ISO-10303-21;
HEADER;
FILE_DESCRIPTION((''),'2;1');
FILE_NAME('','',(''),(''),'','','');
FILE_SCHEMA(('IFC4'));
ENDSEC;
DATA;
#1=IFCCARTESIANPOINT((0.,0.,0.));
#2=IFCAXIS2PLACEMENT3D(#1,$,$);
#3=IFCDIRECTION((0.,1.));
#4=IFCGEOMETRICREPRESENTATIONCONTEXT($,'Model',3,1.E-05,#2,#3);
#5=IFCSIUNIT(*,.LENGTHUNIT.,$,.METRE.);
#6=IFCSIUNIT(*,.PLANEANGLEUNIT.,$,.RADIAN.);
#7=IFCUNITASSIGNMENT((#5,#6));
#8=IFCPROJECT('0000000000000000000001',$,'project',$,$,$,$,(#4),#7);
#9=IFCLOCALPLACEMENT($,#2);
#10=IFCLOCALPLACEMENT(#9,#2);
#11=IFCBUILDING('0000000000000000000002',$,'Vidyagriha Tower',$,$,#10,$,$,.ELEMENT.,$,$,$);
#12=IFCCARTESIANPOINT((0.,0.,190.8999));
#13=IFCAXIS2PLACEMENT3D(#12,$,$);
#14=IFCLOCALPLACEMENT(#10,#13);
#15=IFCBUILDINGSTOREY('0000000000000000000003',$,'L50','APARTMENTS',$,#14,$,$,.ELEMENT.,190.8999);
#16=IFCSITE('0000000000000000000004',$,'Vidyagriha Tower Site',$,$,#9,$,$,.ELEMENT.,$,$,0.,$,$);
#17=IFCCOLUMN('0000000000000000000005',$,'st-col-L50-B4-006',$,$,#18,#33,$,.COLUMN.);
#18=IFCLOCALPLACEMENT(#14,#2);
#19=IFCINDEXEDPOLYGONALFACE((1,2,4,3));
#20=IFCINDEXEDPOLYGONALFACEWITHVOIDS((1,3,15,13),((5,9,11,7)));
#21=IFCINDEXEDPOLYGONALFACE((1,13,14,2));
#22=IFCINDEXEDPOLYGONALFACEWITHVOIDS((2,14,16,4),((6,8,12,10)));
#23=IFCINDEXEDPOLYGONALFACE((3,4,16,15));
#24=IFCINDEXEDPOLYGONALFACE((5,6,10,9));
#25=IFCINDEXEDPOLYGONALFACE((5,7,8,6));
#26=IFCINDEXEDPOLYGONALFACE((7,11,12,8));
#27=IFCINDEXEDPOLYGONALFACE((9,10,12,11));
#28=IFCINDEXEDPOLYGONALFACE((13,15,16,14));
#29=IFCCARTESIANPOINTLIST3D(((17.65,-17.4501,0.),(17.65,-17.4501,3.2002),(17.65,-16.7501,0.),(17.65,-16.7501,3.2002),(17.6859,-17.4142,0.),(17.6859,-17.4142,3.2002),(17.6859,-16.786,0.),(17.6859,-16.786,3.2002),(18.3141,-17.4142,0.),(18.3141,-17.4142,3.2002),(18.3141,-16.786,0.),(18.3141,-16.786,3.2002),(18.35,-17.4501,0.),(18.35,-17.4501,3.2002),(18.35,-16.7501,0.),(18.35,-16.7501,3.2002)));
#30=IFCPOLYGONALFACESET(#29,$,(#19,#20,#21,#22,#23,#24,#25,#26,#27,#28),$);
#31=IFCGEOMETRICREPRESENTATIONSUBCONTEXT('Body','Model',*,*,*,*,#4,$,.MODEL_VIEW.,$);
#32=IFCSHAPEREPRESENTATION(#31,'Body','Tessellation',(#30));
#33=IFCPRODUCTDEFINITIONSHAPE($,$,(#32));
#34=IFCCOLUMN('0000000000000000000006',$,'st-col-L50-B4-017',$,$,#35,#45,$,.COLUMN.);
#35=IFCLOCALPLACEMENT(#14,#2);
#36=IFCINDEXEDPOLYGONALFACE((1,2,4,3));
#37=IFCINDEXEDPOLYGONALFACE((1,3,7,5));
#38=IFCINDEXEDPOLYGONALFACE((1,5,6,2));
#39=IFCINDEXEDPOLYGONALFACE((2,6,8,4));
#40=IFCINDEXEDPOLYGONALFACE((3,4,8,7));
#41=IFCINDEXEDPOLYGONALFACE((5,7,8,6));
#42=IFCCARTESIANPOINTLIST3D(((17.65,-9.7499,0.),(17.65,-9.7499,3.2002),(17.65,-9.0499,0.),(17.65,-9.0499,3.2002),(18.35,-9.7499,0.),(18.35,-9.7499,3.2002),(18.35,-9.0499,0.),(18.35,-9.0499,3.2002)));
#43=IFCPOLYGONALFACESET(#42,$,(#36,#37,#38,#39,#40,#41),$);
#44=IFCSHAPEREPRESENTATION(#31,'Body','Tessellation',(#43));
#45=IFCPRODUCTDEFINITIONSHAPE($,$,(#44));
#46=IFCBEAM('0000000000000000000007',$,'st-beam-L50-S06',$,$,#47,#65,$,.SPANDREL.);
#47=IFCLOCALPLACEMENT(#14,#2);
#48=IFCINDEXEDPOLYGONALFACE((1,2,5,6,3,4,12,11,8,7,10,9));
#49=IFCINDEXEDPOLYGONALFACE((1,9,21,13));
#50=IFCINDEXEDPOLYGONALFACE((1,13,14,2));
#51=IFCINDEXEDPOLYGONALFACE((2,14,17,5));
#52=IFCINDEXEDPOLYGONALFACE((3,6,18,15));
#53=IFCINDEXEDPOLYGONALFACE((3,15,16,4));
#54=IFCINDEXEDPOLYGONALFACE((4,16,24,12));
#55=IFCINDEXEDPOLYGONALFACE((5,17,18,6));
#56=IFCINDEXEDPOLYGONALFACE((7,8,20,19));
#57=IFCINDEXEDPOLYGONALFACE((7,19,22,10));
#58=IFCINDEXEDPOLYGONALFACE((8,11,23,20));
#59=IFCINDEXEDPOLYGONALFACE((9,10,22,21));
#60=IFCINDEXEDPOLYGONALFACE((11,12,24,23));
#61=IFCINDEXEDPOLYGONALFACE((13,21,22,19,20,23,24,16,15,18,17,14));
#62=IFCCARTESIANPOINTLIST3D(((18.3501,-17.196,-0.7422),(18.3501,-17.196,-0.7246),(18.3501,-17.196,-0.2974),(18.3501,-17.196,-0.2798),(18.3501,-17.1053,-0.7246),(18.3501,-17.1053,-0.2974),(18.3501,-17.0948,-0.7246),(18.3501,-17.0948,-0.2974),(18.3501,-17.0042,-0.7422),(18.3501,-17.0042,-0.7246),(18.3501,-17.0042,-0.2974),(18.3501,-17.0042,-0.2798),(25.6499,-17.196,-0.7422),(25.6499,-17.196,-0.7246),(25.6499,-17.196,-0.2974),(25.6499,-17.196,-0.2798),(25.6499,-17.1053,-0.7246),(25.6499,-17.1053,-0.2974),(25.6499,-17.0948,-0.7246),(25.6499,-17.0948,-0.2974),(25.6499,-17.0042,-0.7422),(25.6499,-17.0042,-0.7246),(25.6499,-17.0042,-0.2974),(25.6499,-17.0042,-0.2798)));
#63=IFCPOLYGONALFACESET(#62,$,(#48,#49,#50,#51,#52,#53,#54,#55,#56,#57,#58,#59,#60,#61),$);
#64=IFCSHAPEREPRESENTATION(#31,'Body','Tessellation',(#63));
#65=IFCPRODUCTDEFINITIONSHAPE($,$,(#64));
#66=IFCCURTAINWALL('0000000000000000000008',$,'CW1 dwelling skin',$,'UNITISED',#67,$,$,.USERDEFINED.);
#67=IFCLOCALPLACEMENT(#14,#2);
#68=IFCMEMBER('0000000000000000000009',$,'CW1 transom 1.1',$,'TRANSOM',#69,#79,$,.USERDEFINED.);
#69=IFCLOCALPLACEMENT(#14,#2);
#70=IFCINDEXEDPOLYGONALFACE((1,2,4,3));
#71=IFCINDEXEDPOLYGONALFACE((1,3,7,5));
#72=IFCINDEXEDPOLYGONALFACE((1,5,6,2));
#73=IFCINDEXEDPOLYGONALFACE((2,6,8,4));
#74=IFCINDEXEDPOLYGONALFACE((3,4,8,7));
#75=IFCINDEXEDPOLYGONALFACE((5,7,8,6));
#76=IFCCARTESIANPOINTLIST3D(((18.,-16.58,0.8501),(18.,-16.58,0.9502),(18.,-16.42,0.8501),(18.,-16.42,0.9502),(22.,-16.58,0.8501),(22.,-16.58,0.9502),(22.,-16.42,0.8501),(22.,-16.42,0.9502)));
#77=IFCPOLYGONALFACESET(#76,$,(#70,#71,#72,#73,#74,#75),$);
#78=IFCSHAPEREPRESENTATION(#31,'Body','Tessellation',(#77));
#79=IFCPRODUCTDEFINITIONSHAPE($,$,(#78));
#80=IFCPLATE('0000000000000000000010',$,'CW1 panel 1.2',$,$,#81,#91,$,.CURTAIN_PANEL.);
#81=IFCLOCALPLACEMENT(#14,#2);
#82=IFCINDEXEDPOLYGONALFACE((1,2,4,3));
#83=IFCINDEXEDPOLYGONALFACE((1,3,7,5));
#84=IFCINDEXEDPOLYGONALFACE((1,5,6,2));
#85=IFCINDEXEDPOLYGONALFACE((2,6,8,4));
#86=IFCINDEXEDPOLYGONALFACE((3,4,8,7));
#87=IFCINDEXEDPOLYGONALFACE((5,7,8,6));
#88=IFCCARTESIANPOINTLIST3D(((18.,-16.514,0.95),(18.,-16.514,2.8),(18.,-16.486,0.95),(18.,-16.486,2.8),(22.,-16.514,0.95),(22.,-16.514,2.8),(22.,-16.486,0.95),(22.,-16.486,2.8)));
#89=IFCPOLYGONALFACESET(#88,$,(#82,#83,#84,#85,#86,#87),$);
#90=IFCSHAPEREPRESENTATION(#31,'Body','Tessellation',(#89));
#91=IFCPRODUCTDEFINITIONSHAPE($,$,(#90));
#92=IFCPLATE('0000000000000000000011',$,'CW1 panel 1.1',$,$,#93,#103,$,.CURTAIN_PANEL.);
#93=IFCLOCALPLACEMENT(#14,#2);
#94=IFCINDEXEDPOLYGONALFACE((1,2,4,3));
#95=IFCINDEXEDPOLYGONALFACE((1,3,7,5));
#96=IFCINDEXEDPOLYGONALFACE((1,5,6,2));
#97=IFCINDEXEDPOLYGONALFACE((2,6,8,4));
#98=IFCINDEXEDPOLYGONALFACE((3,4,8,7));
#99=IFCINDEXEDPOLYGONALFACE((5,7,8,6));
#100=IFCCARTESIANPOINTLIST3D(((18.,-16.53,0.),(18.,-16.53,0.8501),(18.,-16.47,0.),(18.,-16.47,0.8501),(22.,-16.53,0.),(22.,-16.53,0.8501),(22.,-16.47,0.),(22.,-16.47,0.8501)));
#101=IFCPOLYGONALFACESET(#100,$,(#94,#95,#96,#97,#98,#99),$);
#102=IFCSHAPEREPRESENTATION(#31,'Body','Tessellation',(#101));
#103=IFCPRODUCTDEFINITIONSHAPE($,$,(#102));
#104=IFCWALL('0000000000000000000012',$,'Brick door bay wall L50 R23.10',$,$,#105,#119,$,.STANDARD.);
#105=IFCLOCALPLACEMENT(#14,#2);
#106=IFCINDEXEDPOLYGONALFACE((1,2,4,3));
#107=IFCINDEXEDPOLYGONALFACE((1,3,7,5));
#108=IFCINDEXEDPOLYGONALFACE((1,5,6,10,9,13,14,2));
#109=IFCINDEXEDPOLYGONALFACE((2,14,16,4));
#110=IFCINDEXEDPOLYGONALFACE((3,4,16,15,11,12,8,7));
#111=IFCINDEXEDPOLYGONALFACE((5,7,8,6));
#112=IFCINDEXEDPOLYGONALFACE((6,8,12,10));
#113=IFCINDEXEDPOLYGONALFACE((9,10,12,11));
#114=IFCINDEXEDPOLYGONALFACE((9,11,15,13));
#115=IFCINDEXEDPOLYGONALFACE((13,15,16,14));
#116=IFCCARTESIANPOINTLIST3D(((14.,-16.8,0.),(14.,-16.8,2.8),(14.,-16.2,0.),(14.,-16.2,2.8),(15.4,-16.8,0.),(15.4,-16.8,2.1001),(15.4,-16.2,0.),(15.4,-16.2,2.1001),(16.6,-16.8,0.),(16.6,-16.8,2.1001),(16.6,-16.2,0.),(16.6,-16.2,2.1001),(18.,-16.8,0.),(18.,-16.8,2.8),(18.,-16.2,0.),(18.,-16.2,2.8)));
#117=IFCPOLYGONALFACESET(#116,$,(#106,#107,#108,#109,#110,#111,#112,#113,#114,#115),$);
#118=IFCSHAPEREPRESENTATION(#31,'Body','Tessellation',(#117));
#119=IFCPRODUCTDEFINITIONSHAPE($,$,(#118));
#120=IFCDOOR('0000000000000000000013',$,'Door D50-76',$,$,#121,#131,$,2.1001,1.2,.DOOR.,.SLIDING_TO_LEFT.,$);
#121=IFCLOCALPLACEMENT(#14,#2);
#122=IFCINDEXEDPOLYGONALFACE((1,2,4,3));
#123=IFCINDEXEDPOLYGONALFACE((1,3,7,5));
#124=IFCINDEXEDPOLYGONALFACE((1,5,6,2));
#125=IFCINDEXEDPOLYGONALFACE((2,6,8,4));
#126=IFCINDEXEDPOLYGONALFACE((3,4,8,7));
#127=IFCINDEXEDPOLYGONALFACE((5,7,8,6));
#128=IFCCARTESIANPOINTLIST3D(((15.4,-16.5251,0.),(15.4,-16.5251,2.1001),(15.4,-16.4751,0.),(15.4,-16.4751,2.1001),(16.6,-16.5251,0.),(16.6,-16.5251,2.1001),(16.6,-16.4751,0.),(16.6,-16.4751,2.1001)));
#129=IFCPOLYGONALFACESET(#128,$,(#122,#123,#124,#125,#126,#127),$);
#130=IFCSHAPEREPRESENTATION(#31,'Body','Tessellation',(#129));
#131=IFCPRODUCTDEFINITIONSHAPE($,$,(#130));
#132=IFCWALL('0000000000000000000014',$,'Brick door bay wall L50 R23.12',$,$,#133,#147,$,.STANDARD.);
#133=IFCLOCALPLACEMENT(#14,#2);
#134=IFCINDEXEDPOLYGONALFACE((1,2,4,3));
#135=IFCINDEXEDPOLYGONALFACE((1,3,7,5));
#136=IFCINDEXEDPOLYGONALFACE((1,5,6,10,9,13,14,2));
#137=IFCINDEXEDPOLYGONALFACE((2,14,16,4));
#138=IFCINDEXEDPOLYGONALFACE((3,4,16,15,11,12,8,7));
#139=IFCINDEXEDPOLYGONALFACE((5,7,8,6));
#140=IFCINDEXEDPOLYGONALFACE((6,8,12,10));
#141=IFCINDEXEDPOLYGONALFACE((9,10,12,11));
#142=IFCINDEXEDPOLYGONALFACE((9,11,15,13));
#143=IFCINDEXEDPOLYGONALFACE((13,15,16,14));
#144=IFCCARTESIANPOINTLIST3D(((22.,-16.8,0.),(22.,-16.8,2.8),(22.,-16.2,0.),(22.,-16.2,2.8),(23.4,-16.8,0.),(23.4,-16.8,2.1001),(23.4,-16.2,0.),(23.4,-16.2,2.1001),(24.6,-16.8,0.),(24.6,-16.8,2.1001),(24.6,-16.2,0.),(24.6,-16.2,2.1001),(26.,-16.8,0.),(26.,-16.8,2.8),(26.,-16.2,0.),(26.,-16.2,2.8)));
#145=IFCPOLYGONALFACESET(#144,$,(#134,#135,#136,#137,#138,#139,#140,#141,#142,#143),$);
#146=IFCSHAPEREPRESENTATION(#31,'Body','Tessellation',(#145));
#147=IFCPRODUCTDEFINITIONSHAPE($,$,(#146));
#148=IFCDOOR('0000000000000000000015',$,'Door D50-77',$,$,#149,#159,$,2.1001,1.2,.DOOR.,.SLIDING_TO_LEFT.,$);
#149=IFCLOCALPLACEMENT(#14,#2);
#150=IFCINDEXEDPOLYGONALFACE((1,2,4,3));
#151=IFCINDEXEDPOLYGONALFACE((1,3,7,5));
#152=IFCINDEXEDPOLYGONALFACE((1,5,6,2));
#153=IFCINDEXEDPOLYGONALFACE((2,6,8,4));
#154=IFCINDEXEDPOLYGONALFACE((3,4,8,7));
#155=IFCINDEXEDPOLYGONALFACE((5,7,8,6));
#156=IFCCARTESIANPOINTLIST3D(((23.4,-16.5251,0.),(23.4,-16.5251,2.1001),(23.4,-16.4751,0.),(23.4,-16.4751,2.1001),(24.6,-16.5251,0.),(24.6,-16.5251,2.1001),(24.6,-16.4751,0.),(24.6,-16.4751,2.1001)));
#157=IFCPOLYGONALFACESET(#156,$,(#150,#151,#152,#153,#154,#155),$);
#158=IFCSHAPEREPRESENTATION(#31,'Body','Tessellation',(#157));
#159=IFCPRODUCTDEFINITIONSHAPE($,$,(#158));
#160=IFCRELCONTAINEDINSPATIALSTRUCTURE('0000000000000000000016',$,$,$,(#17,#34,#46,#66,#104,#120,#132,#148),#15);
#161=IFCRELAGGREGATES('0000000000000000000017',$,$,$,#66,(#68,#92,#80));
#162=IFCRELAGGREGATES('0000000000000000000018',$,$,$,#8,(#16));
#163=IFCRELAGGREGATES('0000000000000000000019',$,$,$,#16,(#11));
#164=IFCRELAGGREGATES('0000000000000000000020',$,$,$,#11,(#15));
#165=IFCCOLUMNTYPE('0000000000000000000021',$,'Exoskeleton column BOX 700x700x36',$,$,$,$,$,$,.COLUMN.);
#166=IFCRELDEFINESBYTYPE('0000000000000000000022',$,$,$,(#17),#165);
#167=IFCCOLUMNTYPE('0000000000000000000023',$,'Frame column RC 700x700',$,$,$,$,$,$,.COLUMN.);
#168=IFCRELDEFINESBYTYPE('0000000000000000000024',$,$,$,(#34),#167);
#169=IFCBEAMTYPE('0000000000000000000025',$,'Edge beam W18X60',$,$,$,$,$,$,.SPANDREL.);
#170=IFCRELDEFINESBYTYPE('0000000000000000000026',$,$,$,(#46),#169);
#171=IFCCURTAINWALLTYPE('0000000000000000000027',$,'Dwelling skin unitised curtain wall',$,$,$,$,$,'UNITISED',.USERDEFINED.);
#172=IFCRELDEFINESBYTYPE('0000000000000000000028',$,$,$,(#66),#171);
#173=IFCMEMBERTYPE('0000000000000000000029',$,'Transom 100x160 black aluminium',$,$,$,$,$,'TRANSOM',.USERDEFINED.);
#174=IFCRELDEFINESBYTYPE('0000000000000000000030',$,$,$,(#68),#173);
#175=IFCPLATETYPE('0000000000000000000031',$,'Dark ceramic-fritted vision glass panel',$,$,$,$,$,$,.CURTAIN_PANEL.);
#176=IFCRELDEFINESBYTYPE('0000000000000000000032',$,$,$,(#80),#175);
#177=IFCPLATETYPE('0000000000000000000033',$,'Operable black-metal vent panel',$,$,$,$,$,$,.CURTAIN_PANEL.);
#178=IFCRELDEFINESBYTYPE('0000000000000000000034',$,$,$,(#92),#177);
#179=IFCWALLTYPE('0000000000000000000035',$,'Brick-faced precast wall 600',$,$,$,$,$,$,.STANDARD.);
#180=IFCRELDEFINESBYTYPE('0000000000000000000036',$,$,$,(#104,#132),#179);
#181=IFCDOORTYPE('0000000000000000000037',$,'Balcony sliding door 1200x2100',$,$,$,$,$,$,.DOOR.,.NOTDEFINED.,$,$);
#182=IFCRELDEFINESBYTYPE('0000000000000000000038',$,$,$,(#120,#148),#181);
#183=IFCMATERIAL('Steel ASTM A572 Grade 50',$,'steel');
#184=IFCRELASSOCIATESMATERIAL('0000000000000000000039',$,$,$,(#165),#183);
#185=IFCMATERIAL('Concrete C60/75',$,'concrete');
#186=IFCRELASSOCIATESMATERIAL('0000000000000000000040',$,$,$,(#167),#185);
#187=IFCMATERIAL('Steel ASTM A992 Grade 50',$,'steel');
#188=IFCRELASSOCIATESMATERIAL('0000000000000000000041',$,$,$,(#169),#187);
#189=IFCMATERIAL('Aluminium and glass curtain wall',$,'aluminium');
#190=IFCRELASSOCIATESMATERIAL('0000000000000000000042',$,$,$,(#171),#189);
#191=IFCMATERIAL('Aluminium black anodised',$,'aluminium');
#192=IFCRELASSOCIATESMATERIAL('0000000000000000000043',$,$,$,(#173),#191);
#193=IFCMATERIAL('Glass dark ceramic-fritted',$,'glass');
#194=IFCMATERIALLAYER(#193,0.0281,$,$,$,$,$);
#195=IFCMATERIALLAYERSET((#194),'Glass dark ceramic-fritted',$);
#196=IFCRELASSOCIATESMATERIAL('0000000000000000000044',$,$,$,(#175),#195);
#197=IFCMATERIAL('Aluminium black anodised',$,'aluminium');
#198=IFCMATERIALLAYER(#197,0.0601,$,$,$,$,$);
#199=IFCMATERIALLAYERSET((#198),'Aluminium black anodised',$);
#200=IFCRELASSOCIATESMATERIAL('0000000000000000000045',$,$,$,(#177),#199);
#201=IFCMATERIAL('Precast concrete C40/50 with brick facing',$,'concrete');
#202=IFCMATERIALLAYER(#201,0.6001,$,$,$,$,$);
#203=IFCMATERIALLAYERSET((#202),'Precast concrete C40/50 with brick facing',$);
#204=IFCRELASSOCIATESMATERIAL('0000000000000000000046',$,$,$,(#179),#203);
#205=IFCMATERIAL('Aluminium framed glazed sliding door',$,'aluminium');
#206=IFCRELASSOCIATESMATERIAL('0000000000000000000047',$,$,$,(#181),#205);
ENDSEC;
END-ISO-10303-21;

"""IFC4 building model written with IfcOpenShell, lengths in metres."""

from ifc_helpers import new_model, si_unit, direction, frame, frame_2d, origin, origin_2d, place, context, subcontext, project, spatial, rectangle, hollow_rectangle, i_section, extrude, material, layer, layer_set, material_profile, profile_set, type_object, element, fill, aggregate, save


model = new_model("IFC4")

# Units and contexts
model_context = context("Model", 3, precision=1e-05, world=origin(), true_north=direction((0.0, 1.0)))
body_context = subcontext(model_context, "Body", "Model", "MODEL_VIEW")
ifc_project = project(units=[si_unit("LENGTHUNIT", "METRE"), si_unit("PLANEANGLEUNIT", "RADIAN")], contexts=[model_context])

# Site, building, storey
site_placement = place(None, origin())
site = spatial("IfcSite", under=ifc_project, at=site_placement, Name="Vidyagriha Tower Site", CompositionType="ELEMENT", RefElevation=0.0)
building_placement = place(site_placement, origin())
building = spatial("IfcBuilding", under=site, at=building_placement, Name="Vidyagriha Tower", CompositionType="ELEMENT")
storey_placement = place(building_placement, frame((0.0, 0.0, 190.8999)))
storey = spatial("IfcBuildingStorey", under=building, at=storey_placement, Name="L50", Description="APARTMENTS", CompositionType="ELEMENT", Elevation=190.8999)

# Columns
ifc_material_1 = material(Name="Steel ASTM A572 Grade 50", Category="steel")
ifc_material_profile_1 = material_profile(ifc_material_1, hollow_rectangle(XDim=0.7, YDim=0.7, WallThickness=0.0359, at=origin_2d()), Name="BOX 700x700x36")
ifc_profile_set_1 = profile_set([ifc_material_profile_1], Name="Steel ASTM A572 Grade 50")
column_type_1 = type_object("IfcColumnType", Name="Exoskeleton column BOX 700x700x36", PredefinedType="COLUMN", material=ifc_profile_set_1)
column_1_placement = place(storey_placement, frame((18.0, -17.1001, 0.0)))
element("IfcColumn", 1, at=column_1_placement, inside=storey, type_object=column_type_1, Name="st-col-L50-B4-006", PredefinedType="COLUMN", context=body_context, shape_type="SweptSolid", body=[
    extrude(hollow_rectangle(XDim=0.7, YDim=0.7, WallThickness=0.0359, at=origin_2d()), origin(), (0.0, 0.0, 1.0), 3.2002),
])
ifc_material_2 = material(Name="Concrete C60/75", Category="concrete")
ifc_material_profile_2 = material_profile(ifc_material_2, rectangle(XDim=0.7, YDim=0.7, at=origin_2d()), Name="RC 700x700")
ifc_profile_set_2 = profile_set([ifc_material_profile_2], Name="Concrete C60/75")
column_type_2 = type_object("IfcColumnType", Name="Frame column RC 700x700", PredefinedType="COLUMN", material=ifc_profile_set_2)
column_2_placement = place(storey_placement, frame((18.0, -9.3999, 0.0)))
element("IfcColumn", 2, at=column_2_placement, inside=storey, type_object=column_type_2, Name="st-col-L50-B4-017", PredefinedType="COLUMN", context=body_context, shape_type="SweptSolid", body=[
    extrude(rectangle(XDim=0.7, YDim=0.7, at=origin_2d()), origin(), (0.0, 0.0, 1.0), 3.2002),
])

# Beam
ifc_material_3 = material(Name="Steel ASTM A992 Grade 50", Category="steel")
ifc_material_profile_3 = material_profile(ifc_material_3, i_section(OverallWidth=0.1919, OverallDepth=0.4624, WebThickness=0.0105, FlangeThickness=0.0176, at=origin_2d()), Name="W18X60")
ifc_profile_set_3 = profile_set([ifc_material_profile_3], Name="Steel ASTM A992 Grade 50")
beam_type = type_object("IfcBeamType", Name="Edge beam W18X60", PredefinedType="SPANDREL", material=ifc_profile_set_3)
beam_placement = place(storey_placement, frame((18.3501, -17.1001, -0.511), z_axis=(1.0, 0.0, 0.0), x_axis=(0.0, 1.0, 0.0)))
element("IfcBeam", 3, at=beam_placement, inside=storey, type_object=beam_type, Name="st-beam-L50-S06", PredefinedType="SPANDREL", context=body_context, shape_type="SweptSolid", body=[
    extrude(i_section(OverallWidth=0.1919, OverallDepth=0.4624, WebThickness=0.0105, FlangeThickness=0.0176, at=origin_2d()), origin(), (0.0, 0.0, 1.0), 7.2998),
])

# Curtain wall, member, plates
ifc_material_4 = material(Name="Aluminium and glass curtain wall", Category="aluminium")
curtain_wall_type = type_object("IfcCurtainWallType", Name="Dwelling skin unitised curtain wall", ElementType="UNITISED", PredefinedType="USERDEFINED", material=ifc_material_4)
curtain_wall_placement = place(storey_placement, origin())
curtain_wall = element("IfcCurtainWall", 4, at=curtain_wall_placement, inside=storey, type_object=curtain_wall_type, Name="CW1 dwelling skin", ObjectType="UNITISED", PredefinedType="USERDEFINED")
ifc_material_5 = material(Name="Aluminium black anodised", Category="aluminium")
ifc_material_profile_4 = material_profile(ifc_material_5, rectangle(XDim=0.1599, YDim=0.1001, at=origin_2d()), Name="Transom 100x160 black aluminium")
ifc_profile_set_4 = profile_set([ifc_material_profile_4], Name="Aluminium black anodised")
member_type = type_object("IfcMemberType", Name="Transom 100x160 black aluminium", ElementType="TRANSOM", PredefinedType="USERDEFINED", material=ifc_profile_set_4)
member_placement = place(storey_placement, frame((18.0, -16.5, 0.9001), z_axis=(1.0, 0.0, 0.0), x_axis=(0.0, 1.0, 0.0)))
member = element("IfcMember", 5, at=member_placement, type_object=member_type, Name="CW1 transom 1.1", ObjectType="TRANSOM", PredefinedType="USERDEFINED", context=body_context, shape_type="SweptSolid", body=[
    extrude(rectangle(XDim=0.1599, YDim=0.1001, at=origin_2d()), origin(), (0.0, 0.0, 1.0), 4.0),
])
ifc_material_6 = material(Name="Glass dark ceramic-fritted", Category="glass")
ifc_layer_1 = layer(ifc_material_6, 0.0281)
ifc_layer_set_1 = layer_set([ifc_layer_1], Name="Glass dark ceramic-fritted")
plate_type_1 = type_object("IfcPlateType", Name="Dark ceramic-fritted vision glass panel", PredefinedType="CURTAIN_PANEL", material=ifc_layer_set_1)
plate_1_placement = place(storey_placement, frame((20.0, -16.5, 0.95)))
plate_1 = element("IfcPlate", 6, at=plate_1_placement, type_object=plate_type_1, Name="CW1 panel 1.2", PredefinedType="CURTAIN_PANEL", context=body_context, shape_type="SweptSolid", body=[
    extrude(rectangle(XDim=4.0, YDim=0.0281, at=origin_2d()), origin(), (0.0, 0.0, 1.0), 1.8501),
])
ifc_material_7 = material(Name="Aluminium black anodised", Category="aluminium")
ifc_layer_2 = layer(ifc_material_7, 0.0601)
ifc_layer_set_2 = layer_set([ifc_layer_2], Name="Aluminium black anodised")
plate_type_2 = type_object("IfcPlateType", Name="Operable black-metal vent panel", PredefinedType="CURTAIN_PANEL", material=ifc_layer_set_2)
plate_2_placement = place(storey_placement, frame((20.0, -16.5, 0.0)))
plate_2 = element("IfcPlate", 7, at=plate_2_placement, type_object=plate_type_2, Name="CW1 panel 1.1", PredefinedType="CURTAIN_PANEL", context=body_context, shape_type="SweptSolid", body=[
    extrude(rectangle(XDim=4.0, YDim=0.0601, at=origin_2d()), origin(), (0.0, 0.0, 1.0), 0.8501),
])
aggregate(curtain_wall, [member, plate_2, plate_1])

# Walls, openings, doors
ifc_material_8 = material(Name="Precast concrete C40/50 with brick facing", Category="concrete")
ifc_layer_3 = layer(ifc_material_8, 0.6001)
ifc_layer_set_3 = layer_set([ifc_layer_3], Name="Precast concrete C40/50 with brick facing")
wall_type = type_object("IfcWallType", Name="Brick-faced precast wall 600", PredefinedType="STANDARD", material=ifc_layer_set_3)
wall_1_placement = place(storey_placement, frame((14.0, -16.5, 0.0)))
wall_1 = element("IfcWall", 8, at=wall_1_placement, inside=storey, type_object=wall_type, Name="Brick door bay wall L50 R23.10", PredefinedType="STANDARD", context=body_context, shape_type="SweptSolid", body=[
    extrude(rectangle(XDim=4.0, YDim=0.6001, at=frame_2d((2.0, 0.0))), origin(), (0.0, 0.0, 1.0), 2.8),
])
opening_1_placement = place(wall_1_placement, frame((1.3999, 0.0, 0.0)))
opening_1 = element("IfcOpeningElement", 9, at=opening_1_placement, cuts=wall_1, PredefinedType="OPENING", context=body_context, shape_type="SweptSolid", body=[
    extrude(rectangle(XDim=1.2, YDim=2.1001, at=frame_2d((0.6001, 1.05))), frame((0.0, 0.3101, 0.0), z_axis=(0.0, -1.0, 0.0), x_axis=(1.0, 0.0, 0.0)), (0.0, 0.0, 1.0), 0.6201),
])
ifc_material_9 = material(Name="Aluminium framed glazed sliding door", Category="aluminium")
door_type = type_object("IfcDoorType", Name="Balcony sliding door 1200x2100", OperationType="NOTDEFINED", PredefinedType="DOOR", material=ifc_material_9)
door_1_placement = place(opening_1_placement, origin())
door_1 = element("IfcDoor", 10, at=door_1_placement, inside=storey, type_object=door_type, Name="Door D50-76", OperationType="SLIDING_TO_LEFT", OverallHeight=2.1001, OverallWidth=1.2, PredefinedType="DOOR", context=body_context, shape_type="SweptSolid", body=[
    extrude(rectangle(XDim=1.2, YDim=2.1001, at=frame_2d((0.6001, 1.05))), frame((0.0, 0.0249, 0.0), z_axis=(0.0, -1.0, 0.0), x_axis=(1.0, 0.0, 0.0)), (0.0, 0.0, 1.0), 0.05),
])
fill(opening_1, door_1)
wall_2_placement = place(storey_placement, frame((22.0, -16.5, 0.0)))
wall_2 = element("IfcWall", 11, at=wall_2_placement, inside=storey, type_object=wall_type, Name="Brick door bay wall L50 R23.12", PredefinedType="STANDARD", context=body_context, shape_type="SweptSolid", body=[
    extrude(rectangle(XDim=4.0, YDim=0.6001, at=frame_2d((2.0, 0.0))), origin(), (0.0, 0.0, 1.0), 2.8),
])
opening_2_placement = place(wall_2_placement, frame((1.3999, 0.0, 0.0)))
opening_2 = element("IfcOpeningElement", 12, at=opening_2_placement, cuts=wall_2, PredefinedType="OPENING", context=body_context, shape_type="SweptSolid", body=[
    extrude(rectangle(XDim=1.2, YDim=2.1001, at=frame_2d((0.6001, 1.05))), frame((0.0, 0.3101, 0.0), z_axis=(0.0, -1.0, 0.0), x_axis=(1.0, 0.0, 0.0)), (0.0, 0.0, 1.0), 0.6201),
])
door_2_placement = place(opening_2_placement, origin())
door_2 = element("IfcDoor", 13, at=door_2_placement, inside=storey, type_object=door_type, Name="Door D50-77", OperationType="SLIDING_TO_LEFT", OverallHeight=2.1001, OverallWidth=1.2, PredefinedType="DOOR", context=body_context, shape_type="SweptSolid", body=[
    extrude(rectangle(XDim=1.2, YDim=2.1001, at=frame_2d((0.6001, 1.05))), frame((0.0, 0.0249, 0.0), z_axis=(0.0, -1.0, 0.0), x_axis=(1.0, 0.0, 0.0)), (0.0, 0.0, 1.0), 0.05),
])
fill(opening_2, door_2)

save(model, "model.ifc")
